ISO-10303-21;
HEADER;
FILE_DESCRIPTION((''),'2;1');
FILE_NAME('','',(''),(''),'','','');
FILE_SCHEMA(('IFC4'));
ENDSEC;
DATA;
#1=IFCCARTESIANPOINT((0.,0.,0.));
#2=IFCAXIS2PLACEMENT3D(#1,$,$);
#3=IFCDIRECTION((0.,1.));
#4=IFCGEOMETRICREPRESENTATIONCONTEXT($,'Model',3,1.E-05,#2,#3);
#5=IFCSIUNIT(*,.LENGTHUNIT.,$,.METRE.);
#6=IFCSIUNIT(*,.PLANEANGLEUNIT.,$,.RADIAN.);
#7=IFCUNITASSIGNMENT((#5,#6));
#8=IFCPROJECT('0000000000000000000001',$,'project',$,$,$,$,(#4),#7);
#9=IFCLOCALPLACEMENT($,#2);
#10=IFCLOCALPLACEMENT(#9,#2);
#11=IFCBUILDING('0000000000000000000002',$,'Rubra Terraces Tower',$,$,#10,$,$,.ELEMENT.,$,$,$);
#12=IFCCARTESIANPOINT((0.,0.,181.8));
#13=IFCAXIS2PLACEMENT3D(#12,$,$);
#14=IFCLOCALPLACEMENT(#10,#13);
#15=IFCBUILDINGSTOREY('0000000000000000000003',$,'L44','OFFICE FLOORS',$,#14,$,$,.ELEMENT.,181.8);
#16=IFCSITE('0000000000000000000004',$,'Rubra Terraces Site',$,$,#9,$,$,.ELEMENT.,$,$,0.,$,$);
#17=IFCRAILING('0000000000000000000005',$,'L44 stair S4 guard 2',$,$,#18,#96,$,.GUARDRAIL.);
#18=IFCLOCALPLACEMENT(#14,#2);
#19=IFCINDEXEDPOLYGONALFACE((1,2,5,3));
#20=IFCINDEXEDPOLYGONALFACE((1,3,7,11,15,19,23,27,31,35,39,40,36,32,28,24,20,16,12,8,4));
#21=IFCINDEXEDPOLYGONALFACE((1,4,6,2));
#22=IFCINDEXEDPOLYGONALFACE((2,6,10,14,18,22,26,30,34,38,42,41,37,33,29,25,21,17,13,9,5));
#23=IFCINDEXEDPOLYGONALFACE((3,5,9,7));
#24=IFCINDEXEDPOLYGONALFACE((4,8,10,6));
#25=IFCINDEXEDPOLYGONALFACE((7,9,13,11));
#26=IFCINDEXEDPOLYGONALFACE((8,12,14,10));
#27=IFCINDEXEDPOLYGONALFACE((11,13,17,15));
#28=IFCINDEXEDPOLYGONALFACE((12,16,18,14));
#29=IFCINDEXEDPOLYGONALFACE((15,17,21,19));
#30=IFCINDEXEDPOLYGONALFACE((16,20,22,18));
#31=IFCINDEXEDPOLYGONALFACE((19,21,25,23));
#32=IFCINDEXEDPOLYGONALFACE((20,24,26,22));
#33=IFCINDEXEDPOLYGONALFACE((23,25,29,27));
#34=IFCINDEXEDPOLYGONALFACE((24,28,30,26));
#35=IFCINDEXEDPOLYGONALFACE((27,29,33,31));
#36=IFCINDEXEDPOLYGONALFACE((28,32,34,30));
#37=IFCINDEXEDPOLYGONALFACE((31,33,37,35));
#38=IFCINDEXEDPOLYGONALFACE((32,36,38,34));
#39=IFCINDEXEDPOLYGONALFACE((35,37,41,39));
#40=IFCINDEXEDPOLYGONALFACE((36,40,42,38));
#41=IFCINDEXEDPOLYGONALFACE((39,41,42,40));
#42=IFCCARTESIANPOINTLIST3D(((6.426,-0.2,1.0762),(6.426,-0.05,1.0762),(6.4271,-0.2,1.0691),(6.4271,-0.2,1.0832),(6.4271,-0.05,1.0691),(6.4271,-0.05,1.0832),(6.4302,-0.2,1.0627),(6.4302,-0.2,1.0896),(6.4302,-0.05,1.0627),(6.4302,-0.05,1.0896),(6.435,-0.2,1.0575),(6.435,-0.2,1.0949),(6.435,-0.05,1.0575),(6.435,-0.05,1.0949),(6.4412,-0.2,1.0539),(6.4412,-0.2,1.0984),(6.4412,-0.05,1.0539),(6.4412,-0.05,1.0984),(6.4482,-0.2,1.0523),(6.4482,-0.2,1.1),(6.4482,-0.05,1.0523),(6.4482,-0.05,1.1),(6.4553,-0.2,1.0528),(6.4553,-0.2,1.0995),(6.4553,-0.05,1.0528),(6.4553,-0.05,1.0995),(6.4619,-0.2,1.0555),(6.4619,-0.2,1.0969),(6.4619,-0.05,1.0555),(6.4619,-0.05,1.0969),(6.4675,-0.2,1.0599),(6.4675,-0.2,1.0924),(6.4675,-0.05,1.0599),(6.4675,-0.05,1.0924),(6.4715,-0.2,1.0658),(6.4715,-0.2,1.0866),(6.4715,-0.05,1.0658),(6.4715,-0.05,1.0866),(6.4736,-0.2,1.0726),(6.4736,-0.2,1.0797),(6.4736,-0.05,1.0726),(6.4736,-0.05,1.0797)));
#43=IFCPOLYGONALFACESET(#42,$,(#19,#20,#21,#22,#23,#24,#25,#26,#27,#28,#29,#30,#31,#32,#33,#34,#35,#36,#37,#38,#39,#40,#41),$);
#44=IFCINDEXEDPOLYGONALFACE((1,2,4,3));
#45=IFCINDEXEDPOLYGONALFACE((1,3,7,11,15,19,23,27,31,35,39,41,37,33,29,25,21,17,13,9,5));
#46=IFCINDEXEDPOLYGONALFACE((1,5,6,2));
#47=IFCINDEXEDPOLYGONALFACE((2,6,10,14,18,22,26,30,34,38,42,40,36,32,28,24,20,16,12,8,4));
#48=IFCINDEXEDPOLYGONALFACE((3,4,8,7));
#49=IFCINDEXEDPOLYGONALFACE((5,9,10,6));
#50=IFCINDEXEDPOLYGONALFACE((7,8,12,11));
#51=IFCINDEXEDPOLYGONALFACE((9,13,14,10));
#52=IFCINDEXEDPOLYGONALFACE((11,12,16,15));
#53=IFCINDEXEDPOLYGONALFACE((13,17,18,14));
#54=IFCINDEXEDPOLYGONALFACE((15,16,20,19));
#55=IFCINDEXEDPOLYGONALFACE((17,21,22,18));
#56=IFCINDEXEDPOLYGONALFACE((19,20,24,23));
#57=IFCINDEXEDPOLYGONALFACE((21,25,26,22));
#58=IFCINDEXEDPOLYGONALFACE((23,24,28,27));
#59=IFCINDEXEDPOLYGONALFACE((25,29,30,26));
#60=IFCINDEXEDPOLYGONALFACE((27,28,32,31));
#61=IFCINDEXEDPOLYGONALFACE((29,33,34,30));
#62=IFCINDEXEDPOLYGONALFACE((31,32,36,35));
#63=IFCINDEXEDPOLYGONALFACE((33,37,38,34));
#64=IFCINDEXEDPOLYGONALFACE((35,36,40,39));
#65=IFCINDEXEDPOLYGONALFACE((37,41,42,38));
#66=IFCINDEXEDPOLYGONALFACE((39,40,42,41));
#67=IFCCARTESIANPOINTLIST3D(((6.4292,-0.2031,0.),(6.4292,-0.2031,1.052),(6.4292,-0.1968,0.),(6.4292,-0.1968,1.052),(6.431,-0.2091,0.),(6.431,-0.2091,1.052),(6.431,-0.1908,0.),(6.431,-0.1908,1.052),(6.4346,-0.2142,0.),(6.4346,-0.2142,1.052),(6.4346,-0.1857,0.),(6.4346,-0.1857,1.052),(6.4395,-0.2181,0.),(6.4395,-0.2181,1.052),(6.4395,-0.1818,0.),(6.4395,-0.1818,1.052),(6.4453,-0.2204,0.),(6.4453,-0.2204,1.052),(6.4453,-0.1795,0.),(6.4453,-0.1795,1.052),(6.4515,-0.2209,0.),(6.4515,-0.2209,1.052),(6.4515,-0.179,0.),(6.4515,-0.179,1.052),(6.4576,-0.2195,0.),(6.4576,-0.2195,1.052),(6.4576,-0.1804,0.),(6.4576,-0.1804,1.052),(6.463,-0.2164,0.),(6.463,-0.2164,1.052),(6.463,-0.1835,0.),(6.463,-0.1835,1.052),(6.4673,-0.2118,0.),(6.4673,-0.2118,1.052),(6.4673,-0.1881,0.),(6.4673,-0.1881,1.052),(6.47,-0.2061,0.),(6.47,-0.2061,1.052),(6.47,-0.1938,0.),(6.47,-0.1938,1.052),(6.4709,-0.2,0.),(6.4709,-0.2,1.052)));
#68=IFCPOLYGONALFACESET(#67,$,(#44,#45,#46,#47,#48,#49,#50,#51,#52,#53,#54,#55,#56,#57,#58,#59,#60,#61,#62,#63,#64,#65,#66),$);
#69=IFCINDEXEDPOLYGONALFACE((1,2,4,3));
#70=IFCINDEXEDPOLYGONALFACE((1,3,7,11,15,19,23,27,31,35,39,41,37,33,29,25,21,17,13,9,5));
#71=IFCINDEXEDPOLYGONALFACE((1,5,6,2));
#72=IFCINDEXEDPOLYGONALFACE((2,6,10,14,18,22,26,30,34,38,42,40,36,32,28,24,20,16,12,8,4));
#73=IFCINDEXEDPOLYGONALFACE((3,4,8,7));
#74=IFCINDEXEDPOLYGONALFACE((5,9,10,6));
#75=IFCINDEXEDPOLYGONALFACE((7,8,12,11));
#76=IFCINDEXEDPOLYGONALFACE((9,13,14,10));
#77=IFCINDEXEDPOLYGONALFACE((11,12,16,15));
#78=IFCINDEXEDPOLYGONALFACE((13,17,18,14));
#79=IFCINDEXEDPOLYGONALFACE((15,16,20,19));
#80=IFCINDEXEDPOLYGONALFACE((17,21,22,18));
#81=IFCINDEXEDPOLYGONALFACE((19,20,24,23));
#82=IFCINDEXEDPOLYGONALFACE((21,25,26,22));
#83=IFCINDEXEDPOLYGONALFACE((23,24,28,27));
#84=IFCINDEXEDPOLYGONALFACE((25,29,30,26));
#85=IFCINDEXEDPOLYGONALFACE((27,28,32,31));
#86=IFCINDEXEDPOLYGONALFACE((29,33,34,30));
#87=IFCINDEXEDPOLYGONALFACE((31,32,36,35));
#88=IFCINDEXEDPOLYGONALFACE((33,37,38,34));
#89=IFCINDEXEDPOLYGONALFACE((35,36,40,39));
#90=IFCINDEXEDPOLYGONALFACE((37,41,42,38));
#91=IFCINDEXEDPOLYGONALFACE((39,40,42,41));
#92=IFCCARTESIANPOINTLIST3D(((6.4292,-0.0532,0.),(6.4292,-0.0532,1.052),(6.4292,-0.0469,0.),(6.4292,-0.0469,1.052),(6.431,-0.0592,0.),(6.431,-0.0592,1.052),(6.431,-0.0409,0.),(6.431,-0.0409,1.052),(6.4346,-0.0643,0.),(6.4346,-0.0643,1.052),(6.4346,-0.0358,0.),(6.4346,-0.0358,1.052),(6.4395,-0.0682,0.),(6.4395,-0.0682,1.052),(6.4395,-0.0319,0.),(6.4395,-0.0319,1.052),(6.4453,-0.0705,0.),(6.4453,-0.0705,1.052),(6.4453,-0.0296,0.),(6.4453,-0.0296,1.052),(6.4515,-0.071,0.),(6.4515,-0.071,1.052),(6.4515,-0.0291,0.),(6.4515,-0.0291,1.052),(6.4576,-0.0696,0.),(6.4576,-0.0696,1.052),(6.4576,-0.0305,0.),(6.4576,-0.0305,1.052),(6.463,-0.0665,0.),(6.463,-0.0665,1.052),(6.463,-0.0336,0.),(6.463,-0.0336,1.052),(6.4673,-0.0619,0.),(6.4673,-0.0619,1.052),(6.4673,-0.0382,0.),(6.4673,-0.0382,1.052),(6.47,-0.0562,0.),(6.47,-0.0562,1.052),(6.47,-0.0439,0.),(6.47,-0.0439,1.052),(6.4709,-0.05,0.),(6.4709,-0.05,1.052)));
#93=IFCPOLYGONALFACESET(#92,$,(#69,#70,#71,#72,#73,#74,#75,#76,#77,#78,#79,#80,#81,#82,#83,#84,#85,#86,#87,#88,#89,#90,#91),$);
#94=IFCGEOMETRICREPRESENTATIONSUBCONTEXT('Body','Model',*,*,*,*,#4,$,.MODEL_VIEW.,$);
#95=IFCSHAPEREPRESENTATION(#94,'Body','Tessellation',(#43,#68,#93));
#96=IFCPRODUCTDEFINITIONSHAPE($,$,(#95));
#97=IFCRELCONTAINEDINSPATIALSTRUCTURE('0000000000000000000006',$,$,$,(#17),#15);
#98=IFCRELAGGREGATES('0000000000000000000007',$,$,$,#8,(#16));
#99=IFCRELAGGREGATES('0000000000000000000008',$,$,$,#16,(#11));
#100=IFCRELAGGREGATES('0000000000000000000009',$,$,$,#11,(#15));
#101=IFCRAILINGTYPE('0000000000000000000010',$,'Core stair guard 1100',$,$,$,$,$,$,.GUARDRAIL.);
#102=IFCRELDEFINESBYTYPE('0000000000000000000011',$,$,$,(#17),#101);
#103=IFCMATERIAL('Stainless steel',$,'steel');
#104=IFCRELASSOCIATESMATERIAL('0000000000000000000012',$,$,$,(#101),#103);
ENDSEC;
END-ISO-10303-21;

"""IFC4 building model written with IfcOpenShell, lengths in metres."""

from ifc_helpers import new_model, si_unit, direction, frame, origin, origin_2d, place, context, subcontext, project, spatial, circle, extrude, material, type_object, element, save


model = new_model("IFC4")

# Units and contexts
model_context = context("Model", 3, precision=1e-05, world=origin(), true_north=direction((0.0, 1.0)))
body_context = subcontext(model_context, "Body", "Model", "MODEL_VIEW")
ifc_project = project(units=[si_unit("LENGTHUNIT", "METRE"), si_unit("PLANEANGLEUNIT", "RADIAN")], contexts=[model_context])

# Site, building, storey
site_placement = place(None, origin())
site = spatial("IfcSite", under=ifc_project, at=site_placement, Name="Rubra Terraces Site", CompositionType="ELEMENT", RefElevation=0.0)
building_placement = place(site_placement, origin())
building = spatial("IfcBuilding", under=site, at=building_placement, Name="Rubra Terraces Tower", CompositionType="ELEMENT")
storey_placement = place(building_placement, frame((0.0, 0.0, 181.8)))
storey = spatial("IfcBuildingStorey", under=building, at=storey_placement, Name="L44", Description="OFFICE FLOORS", CompositionType="ELEMENT", Elevation=181.8)

# Railing
ifc_material_1 = material(Name="Stainless steel", Category="steel")
railing_type_1 = type_object("IfcRailingType", Name="Core stair guard 1100", PredefinedType="GUARDRAIL", material=ifc_material_1)
railing_1_placement = place(storey_placement, frame((6.45, -0.2, 0.0)))
element("IfcRailing", 1, at=railing_1_placement, inside=storey, type_object=railing_type_1, Name="L44 stair S4 guard 2", PredefinedType="GUARDRAIL", context=body_context, shape_type="SweptSolid", body=[
    extrude(circle(Radius=0.0239, at=origin_2d()), frame((0.0, 0.0, 1.0762), z_axis=(0.0, 1.0, 0.0), x_axis=(-1.0, 0.0, 0.0)), (0.0, 0.0, 1.0), 0.1499),
    extrude(circle(Radius=0.021, at=origin_2d()), origin(), (0.0, 0.0, 1.0), 1.052),
    extrude(circle(Radius=0.021, at=origin_2d()), frame((0.0, 0.1499, 0.0)), (0.0, 0.0, 1.0), 1.052),
])

save(model, "model.ifc")
